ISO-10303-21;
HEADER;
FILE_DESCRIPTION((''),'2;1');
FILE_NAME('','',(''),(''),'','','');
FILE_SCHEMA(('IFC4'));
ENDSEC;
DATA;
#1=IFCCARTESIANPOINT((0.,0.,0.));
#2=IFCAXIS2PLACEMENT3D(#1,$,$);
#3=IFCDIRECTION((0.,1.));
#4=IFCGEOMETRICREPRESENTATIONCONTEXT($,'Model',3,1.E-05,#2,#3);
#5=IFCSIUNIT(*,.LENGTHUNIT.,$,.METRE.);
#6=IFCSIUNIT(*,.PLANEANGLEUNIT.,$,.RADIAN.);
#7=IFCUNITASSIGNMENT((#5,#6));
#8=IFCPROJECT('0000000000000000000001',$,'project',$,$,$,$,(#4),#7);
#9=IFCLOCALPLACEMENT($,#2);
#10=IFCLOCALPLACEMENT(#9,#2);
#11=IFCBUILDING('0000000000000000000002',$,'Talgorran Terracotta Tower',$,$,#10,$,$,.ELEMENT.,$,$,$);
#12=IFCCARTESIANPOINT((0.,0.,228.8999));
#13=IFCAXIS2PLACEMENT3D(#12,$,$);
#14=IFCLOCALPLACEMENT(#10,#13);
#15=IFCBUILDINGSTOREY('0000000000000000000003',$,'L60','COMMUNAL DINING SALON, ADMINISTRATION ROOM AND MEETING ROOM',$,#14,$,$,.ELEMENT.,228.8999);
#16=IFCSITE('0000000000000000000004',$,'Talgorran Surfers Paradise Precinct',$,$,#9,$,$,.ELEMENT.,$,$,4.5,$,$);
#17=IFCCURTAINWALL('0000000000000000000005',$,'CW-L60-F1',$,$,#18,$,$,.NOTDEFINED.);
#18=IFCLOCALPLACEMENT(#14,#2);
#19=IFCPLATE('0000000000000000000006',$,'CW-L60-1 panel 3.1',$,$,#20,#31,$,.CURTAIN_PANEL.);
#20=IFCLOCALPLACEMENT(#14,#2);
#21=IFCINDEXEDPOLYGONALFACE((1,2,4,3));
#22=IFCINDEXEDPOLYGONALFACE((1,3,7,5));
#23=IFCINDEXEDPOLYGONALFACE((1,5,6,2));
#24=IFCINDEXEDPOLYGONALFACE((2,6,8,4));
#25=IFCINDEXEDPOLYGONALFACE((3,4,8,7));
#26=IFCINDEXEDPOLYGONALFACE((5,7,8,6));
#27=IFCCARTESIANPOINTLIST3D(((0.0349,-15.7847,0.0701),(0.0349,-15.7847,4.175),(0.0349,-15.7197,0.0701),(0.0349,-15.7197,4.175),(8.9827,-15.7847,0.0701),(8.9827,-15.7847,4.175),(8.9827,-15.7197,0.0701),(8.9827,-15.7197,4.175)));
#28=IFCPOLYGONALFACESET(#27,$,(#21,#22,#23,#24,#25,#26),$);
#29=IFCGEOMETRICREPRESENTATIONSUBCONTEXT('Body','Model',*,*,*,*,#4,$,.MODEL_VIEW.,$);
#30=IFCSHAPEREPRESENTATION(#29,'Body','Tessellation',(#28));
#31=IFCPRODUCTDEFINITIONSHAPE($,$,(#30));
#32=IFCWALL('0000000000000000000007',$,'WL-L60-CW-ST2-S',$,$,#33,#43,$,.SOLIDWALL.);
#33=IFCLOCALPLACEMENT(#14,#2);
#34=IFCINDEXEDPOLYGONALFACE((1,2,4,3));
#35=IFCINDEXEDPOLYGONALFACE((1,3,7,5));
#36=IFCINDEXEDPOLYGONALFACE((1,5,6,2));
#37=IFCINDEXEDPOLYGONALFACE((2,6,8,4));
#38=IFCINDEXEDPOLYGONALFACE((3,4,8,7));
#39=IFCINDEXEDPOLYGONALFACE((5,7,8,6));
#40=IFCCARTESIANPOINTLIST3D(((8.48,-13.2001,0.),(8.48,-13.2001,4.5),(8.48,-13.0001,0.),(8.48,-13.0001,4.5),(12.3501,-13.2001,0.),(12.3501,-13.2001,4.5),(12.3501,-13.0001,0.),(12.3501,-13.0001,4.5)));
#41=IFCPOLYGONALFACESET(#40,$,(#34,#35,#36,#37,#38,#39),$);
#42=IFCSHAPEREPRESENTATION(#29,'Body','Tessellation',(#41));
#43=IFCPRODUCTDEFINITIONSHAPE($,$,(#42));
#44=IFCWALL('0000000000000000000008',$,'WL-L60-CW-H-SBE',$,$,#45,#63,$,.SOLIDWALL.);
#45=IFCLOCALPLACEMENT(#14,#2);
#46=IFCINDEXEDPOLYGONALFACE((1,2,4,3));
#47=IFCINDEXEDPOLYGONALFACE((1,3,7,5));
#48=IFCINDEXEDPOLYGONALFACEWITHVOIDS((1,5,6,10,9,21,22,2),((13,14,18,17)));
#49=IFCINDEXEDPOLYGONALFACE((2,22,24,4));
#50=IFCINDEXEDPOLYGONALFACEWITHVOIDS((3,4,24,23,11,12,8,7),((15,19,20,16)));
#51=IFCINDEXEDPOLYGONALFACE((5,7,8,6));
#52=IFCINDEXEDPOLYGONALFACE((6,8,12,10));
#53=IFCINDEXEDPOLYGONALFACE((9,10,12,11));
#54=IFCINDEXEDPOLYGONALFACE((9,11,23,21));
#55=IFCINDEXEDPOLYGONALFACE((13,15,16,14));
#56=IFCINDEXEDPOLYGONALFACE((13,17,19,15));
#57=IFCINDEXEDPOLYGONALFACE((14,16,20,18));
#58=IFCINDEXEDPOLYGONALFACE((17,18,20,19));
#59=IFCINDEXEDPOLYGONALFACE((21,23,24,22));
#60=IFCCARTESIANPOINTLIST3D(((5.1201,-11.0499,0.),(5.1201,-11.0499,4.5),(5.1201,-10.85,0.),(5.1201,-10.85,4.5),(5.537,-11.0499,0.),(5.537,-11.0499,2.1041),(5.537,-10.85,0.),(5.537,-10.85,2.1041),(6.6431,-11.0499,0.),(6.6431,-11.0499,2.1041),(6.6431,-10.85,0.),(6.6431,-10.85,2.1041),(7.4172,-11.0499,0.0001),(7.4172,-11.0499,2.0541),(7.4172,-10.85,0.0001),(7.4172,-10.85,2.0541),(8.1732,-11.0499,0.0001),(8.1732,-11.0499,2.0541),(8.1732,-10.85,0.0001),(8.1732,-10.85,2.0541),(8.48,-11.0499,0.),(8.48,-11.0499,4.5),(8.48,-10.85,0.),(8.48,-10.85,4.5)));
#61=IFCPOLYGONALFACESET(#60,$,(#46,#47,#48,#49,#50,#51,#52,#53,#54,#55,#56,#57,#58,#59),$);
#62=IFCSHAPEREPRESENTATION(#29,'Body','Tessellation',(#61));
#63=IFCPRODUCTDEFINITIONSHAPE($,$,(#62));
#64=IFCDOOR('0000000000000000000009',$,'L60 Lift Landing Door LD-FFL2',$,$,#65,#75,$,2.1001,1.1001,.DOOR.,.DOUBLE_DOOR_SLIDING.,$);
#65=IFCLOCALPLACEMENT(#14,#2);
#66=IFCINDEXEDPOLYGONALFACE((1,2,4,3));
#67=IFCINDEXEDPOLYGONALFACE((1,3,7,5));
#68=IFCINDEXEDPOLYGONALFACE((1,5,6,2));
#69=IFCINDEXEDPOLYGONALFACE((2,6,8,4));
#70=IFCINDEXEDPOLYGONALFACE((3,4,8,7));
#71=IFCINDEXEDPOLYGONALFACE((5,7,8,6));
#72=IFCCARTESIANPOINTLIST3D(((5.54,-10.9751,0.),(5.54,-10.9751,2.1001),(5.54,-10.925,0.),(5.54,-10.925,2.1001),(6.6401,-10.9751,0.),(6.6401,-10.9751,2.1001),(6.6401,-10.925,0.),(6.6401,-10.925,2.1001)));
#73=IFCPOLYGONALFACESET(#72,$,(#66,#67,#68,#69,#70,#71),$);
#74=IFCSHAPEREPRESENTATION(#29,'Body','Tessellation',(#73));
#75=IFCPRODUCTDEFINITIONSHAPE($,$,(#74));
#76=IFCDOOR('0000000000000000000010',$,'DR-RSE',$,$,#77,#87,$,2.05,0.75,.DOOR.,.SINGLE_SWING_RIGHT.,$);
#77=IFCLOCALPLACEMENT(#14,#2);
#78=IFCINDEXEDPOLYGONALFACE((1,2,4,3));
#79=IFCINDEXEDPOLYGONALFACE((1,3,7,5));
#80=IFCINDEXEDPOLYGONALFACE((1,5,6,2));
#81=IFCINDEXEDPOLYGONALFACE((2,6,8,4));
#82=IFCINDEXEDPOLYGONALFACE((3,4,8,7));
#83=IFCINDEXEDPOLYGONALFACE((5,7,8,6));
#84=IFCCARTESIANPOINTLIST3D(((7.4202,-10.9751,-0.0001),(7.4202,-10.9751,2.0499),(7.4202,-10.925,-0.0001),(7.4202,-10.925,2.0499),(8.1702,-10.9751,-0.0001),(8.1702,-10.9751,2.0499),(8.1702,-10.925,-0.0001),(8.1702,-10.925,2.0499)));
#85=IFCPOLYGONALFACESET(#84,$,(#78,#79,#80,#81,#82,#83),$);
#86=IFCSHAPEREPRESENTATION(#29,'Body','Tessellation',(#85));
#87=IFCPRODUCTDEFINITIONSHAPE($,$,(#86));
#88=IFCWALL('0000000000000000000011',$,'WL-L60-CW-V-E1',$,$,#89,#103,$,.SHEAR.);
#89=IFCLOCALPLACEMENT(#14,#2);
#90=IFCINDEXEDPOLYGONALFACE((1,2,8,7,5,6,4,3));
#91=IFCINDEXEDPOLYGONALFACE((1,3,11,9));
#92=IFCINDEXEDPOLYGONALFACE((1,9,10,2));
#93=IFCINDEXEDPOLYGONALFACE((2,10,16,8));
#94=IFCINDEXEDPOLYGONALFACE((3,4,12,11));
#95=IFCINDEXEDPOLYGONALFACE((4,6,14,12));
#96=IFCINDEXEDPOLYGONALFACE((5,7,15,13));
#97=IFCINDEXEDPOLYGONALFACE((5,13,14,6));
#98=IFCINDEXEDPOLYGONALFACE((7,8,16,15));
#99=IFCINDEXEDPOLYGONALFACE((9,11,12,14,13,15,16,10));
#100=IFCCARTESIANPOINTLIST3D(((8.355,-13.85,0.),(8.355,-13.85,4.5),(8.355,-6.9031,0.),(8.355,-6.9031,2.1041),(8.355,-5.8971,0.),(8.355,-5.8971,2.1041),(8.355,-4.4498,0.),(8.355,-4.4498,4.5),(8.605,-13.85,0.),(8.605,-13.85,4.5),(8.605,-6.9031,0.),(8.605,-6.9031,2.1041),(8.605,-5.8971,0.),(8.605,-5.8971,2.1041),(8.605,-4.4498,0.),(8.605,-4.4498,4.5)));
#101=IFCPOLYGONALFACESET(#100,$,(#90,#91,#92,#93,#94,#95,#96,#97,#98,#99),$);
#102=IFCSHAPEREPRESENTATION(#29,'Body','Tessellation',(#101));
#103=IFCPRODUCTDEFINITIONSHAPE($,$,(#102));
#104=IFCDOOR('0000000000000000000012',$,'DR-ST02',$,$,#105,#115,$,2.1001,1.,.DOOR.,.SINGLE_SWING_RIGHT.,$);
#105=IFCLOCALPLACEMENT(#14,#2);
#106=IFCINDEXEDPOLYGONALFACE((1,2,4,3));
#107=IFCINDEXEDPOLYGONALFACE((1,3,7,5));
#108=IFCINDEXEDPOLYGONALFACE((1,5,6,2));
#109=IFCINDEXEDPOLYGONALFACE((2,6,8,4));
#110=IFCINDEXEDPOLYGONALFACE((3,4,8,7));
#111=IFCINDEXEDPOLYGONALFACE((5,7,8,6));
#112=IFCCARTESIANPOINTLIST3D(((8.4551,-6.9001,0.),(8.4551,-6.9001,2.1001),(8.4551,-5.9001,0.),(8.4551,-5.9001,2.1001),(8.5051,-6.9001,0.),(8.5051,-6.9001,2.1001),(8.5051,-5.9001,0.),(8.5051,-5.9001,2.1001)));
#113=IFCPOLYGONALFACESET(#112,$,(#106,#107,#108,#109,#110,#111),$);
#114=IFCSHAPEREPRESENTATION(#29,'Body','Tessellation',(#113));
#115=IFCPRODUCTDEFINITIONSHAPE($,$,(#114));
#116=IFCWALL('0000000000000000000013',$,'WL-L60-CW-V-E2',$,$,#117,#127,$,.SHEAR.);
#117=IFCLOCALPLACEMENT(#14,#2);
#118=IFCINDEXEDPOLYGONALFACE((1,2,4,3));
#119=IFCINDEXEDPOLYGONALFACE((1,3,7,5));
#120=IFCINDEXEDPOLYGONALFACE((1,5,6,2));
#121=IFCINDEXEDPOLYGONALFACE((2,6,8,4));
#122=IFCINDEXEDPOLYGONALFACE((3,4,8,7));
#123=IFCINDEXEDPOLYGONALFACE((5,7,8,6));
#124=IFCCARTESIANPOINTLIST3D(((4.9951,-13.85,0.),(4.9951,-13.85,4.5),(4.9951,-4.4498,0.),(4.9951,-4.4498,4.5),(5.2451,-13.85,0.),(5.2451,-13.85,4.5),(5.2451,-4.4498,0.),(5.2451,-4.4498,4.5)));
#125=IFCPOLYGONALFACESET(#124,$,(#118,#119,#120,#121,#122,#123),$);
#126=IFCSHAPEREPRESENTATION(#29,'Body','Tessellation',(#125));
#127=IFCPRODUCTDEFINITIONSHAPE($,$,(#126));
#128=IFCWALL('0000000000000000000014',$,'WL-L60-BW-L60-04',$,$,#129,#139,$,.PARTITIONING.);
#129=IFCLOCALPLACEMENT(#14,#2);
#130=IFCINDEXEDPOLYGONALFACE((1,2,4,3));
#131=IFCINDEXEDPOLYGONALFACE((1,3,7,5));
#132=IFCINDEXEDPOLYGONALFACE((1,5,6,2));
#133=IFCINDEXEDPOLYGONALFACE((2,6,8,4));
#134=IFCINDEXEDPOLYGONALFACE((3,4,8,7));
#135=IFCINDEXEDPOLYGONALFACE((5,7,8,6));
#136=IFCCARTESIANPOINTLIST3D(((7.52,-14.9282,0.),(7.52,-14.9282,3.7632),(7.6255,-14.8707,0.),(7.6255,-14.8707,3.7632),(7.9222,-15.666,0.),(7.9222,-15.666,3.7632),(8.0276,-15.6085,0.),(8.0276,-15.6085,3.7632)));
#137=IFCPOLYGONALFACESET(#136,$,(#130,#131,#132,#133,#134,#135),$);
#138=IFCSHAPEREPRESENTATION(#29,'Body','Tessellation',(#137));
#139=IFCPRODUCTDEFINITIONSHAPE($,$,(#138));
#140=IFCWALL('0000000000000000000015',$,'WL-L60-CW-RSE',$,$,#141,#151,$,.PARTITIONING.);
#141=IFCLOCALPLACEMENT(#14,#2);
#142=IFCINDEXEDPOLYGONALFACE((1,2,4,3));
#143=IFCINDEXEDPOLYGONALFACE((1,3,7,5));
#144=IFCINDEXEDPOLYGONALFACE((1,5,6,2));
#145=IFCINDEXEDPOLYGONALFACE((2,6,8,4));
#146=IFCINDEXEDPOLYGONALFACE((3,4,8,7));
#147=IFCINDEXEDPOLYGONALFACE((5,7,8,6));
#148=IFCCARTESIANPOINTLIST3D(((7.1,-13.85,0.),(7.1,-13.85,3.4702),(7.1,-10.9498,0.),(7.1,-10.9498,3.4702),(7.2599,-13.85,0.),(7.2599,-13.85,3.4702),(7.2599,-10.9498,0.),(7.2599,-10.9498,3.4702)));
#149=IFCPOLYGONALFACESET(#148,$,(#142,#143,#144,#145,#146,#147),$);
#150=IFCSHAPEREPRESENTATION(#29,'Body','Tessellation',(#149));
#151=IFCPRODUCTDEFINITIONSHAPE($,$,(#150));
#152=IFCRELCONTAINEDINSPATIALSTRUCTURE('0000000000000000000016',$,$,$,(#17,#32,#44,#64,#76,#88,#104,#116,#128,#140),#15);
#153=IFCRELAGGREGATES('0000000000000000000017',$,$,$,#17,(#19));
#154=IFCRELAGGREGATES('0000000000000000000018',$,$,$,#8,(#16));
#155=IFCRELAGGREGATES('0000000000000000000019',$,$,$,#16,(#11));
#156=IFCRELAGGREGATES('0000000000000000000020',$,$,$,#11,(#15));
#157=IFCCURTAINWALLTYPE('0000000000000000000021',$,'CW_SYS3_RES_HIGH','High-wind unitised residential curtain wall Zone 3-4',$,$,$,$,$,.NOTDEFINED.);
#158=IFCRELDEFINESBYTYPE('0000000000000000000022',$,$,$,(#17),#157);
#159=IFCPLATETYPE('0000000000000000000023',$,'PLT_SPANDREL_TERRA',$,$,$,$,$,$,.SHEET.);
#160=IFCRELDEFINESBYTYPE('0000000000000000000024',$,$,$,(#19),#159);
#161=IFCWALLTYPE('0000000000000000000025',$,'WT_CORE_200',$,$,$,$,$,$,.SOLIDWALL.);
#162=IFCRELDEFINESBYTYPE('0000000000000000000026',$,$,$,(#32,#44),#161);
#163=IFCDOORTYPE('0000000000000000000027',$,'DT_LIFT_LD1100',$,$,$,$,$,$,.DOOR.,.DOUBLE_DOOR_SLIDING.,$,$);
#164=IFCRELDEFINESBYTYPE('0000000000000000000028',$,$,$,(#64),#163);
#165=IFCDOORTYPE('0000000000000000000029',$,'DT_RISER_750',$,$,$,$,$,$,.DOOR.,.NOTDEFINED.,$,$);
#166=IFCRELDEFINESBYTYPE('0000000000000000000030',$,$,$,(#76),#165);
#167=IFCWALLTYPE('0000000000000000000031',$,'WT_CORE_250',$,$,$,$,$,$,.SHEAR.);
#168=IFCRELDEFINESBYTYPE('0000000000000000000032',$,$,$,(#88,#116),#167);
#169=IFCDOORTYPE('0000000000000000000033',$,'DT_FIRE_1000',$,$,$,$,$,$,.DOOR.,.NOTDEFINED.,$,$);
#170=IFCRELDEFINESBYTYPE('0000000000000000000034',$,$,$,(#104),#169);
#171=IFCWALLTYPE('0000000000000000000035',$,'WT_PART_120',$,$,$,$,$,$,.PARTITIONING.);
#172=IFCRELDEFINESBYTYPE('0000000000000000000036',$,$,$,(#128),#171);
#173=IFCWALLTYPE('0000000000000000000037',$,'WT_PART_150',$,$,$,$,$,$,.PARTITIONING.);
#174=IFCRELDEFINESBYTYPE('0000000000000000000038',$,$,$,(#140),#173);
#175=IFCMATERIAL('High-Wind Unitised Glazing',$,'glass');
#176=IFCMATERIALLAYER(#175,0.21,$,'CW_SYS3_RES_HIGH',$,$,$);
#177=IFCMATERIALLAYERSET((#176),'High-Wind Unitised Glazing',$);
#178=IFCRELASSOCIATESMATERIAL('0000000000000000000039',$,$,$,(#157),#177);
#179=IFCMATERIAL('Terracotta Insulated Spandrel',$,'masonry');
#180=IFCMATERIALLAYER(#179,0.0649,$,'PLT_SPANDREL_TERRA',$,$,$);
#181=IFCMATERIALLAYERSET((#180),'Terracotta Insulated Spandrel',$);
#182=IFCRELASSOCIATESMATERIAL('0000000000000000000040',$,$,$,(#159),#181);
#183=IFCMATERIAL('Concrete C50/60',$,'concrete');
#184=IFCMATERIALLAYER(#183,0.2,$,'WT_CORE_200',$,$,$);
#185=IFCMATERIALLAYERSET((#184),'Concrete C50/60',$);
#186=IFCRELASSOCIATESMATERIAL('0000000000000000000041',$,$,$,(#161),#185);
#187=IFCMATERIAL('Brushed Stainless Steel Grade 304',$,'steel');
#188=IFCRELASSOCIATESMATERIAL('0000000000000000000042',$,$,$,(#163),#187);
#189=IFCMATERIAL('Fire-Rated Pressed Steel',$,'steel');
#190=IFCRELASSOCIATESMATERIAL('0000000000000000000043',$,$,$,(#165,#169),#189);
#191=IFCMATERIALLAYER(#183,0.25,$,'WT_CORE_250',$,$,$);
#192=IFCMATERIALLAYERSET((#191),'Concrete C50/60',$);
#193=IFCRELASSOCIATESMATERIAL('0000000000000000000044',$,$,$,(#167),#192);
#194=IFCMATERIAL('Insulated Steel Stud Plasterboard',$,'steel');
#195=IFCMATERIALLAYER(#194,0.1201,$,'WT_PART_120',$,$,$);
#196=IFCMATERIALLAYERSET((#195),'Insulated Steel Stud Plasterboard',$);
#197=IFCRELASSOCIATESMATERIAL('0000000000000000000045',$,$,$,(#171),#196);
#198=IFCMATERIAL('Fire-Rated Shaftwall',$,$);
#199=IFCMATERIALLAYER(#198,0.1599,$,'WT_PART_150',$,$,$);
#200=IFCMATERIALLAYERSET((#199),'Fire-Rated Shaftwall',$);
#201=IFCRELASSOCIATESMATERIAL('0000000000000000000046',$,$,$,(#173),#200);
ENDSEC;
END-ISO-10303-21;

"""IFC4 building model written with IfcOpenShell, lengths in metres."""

from ifc_helpers import new_model, si_unit, direction, frame, frame_2d, origin, origin_2d, place, context, subcontext, project, spatial, rectangle, extrude, source, transform, mapped, material, layer, layer_set, type_object, type_shapes, element, fill, aggregate, save


model = new_model("IFC4")

# Units and contexts
model_context = context("Model", 3, precision=1e-05, world=origin(), true_north=direction((0.0, 1.0)))
body_context = subcontext(model_context, "Body", "Model", "MODEL_VIEW")
ifc_project = project(units=[si_unit("LENGTHUNIT", "METRE"), si_unit("PLANEANGLEUNIT", "RADIAN")], contexts=[model_context])

# Site, building, storey
site_placement = place(None, origin())
site = spatial("IfcSite", under=ifc_project, at=site_placement, Name="Talgorran Surfers Paradise Precinct", CompositionType="ELEMENT", RefElevation=4.5)
building_placement = place(site_placement, origin())
building = spatial("IfcBuilding", under=site, at=building_placement, Name="Talgorran Terracotta Tower", CompositionType="ELEMENT")
storey_placement = place(building_placement, frame((0.0, 0.0, 228.8999)))
storey = spatial("IfcBuildingStorey", under=building, at=storey_placement, Name="L60", Description="COMMUNAL DINING SALON, ADMINISTRATION ROOM AND MEETING ROOM", CompositionType="ELEMENT", Elevation=228.8999)

# Shared definitions
ifc_material_1 = material(Name="Concrete C50/60", Category="concrete")

# Curtain wall
ifc_material_2 = material(Name="High-Wind Unitised Glazing", Category="glass")
ifc_layer_1 = layer(ifc_material_2, 0.21, Name="CW_SYS3_RES_HIGH")
ifc_layer_set_1 = layer_set([ifc_layer_1], Name="High-Wind Unitised Glazing")
curtain_wall_type = type_object("IfcCurtainWallType", Name="CW_SYS3_RES_HIGH", Description="High-wind unitised residential curtain wall Zone 3-4", PredefinedType="NOTDEFINED", material=ifc_layer_set_1)
curtain_wall_placement = place(storey_placement, origin())
curtain_wall = element("IfcCurtainWall", 1, at=curtain_wall_placement, inside=storey, type_object=curtain_wall_type, Name="CW-L60-F1", PredefinedType="NOTDEFINED")

# Plate
ifc_material_3 = material(Name="Terracotta Insulated Spandrel", Category="masonry")
ifc_layer_2 = layer(ifc_material_3, 0.0649, Name="PLT_SPANDREL_TERRA")
ifc_layer_set_2 = layer_set([ifc_layer_2], Name="Terracotta Insulated Spandrel")
plate_type_1 = type_object("IfcPlateType", Name="PLT_SPANDREL_TERRA", PredefinedType="SHEET", material=ifc_layer_set_2)
shared_shape = source(origin(), body_context, "Body", "SweptSolid", [
    extrude(rectangle(XDim=8.9478, YDim=0.0649, at=origin_2d()), origin(), (0.0, 0.0, 1.0), 4.105),
])
type_shapes(plate_type_1, [shared_shape])
plate_1_placement = place(storey_placement, frame((4.5088, -15.7522, 0.0701), z_axis=(0.0, 0.0, 1.0), x_axis=(1.0, 0.0, 0.0)))
plate_1 = element("IfcPlate", 2, at=plate_1_placement, type_object=plate_type_1, Name="CW-L60-1 panel 3.1", PredefinedType="CURTAIN_PANEL", context=body_context, shape_type="MappedRepresentation", body=[
    mapped(shared_shape, transform((0.0, 0.0, 0.0), scale=1.0)),
])
aggregate(curtain_wall, [plate_1])

# Wall
ifc_layer_3 = layer(ifc_material_1, 0.2, Name="WT_CORE_200")
ifc_layer_set_3 = layer_set([ifc_layer_3], Name="Concrete C50/60")
wall_type_1 = type_object("IfcWallType", Name="WT_CORE_200", PredefinedType="SOLIDWALL", material=ifc_layer_set_3)
wall_1_placement = place(storey_placement, frame((8.48, -13.1001, 0.0), z_axis=(0.0, 0.0, 1.0), x_axis=(1.0, 0.0, 0.0)))
element("IfcWall", 3, at=wall_1_placement, inside=storey, type_object=wall_type_1, Name="WL-L60-CW-ST2-S", PredefinedType="SOLIDWALL", context=body_context, shape_type="SweptSolid", body=[
    extrude(rectangle(XDim=3.8701, YDim=0.2, at=frame_2d((1.9351, 0.0))), origin(), (0.0, 0.0, 1.0), 4.5),
])

# Wall, openings, doors
wall_2_placement = place(storey_placement, frame((5.1201, -10.95, 0.0), z_axis=(0.0, 0.0, 1.0), x_axis=(1.0, 0.0, 0.0)))
wall_2 = element("IfcWall", 4, at=wall_2_placement, inside=storey, type_object=wall_type_1, Name="WL-L60-CW-H-SBE", PredefinedType="SOLIDWALL", context=body_context, shape_type="SweptSolid", body=[
    extrude(rectangle(XDim=3.3599, YDim=0.2, at=frame_2d((1.6799, 0.0))), origin(), (0.0, 0.0, 1.0), 4.5),
])
opening_1_placement = place(wall_2_placement, frame((0.4199, 0.0, 0.0)))
opening_1 = element("IfcOpeningElement", 5, at=opening_1_placement, cuts=wall_2, PredefinedType="OPENING", context=body_context, shape_type="SweptSolid", body=[
    extrude(rectangle(XDim=1.1061, YDim=2.1041, at=frame_2d((0.55, 1.052))), frame((0.0, 0.1099, 0.0), z_axis=(0.0, -1.0, 0.0), x_axis=(1.0, 0.0, 0.0)), (0.0, 0.0, 1.0), 0.22),
])
opening_2_placement = place(wall_2_placement, frame((2.3, 0.0, 0.0)))
opening_2 = element("IfcOpeningElement", 6, at=opening_2_placement, cuts=wall_2, PredefinedType="OPENING", context=body_context, shape_type="SweptSolid", body=[
    extrude(rectangle(XDim=0.756, YDim=2.054, at=frame_2d((0.375, 1.0271))), frame((0.0, 0.1099, 0.0), z_axis=(0.0, -1.0, 0.0), x_axis=(1.0, 0.0, 0.0)), (0.0, 0.0, 1.0), 0.22),
])
ifc_material_4 = material(Name="Brushed Stainless Steel Grade 304", Category="steel")
door_type_1 = type_object("IfcDoorType", Name="DT_LIFT_LD1100", OperationType="DOUBLE_DOOR_SLIDING", PredefinedType="DOOR", material=ifc_material_4)
door_1_placement = place(opening_1_placement, origin())
door_1 = element("IfcDoor", 7, at=door_1_placement, inside=storey, type_object=door_type_1, Name="L60 Lift Landing Door LD-FFL2", OperationType="DOUBLE_DOOR_SLIDING", OverallHeight=2.1001, OverallWidth=1.1001, PredefinedType="DOOR", context=body_context, shape_type="SweptSolid", body=[
    extrude(rectangle(XDim=1.1001, YDim=2.1001, at=frame_2d((0.55, 1.05))), frame((0.0, 0.0249, 0.0), z_axis=(0.0, -1.0, 0.0), x_axis=(1.0, 0.0, 0.0)), (0.0, 0.0, 1.0), 0.05),
])
fill(opening_1, door_1)
ifc_material_5 = material(Name="Fire-Rated Pressed Steel", Category="steel")
door_type_2 = type_object("IfcDoorType", Name="DT_RISER_750", OperationType="NOTDEFINED", PredefinedType="DOOR", material=ifc_material_5)
door_2_placement = place(opening_2_placement, origin())
door_2 = element("IfcDoor", 8, at=door_2_placement, inside=storey, type_object=door_type_2, Name="DR-RSE", OperationType="SINGLE_SWING_RIGHT", OverallHeight=2.05, OverallWidth=0.75, PredefinedType="DOOR", context=body_context, shape_type="SweptSolid", body=[
    extrude(rectangle(XDim=0.75, YDim=2.05, at=frame_2d((0.375, 1.0249))), frame((0.0, 0.0249, 0.0), z_axis=(0.0, -1.0, 0.0), x_axis=(1.0, 0.0, 0.0)), (0.0, 0.0, 1.0), 0.05),
])
fill(opening_2, door_2)

# Wall, opening, door
ifc_layer_4 = layer(ifc_material_1, 0.25, Name="WT_CORE_250")
ifc_layer_set_4 = layer_set([ifc_layer_4], Name="Concrete C50/60")
wall_type_2 = type_object("IfcWallType", Name="WT_CORE_250", PredefinedType="SHEAR", material=ifc_layer_set_4)
wall_3_placement = place(storey_placement, frame((8.48, -13.8501, 0.0), z_axis=(0.0, 0.0, 1.0), x_axis=(0.0, 1.0, 0.0)))
wall_3 = element("IfcWall", 9, at=wall_3_placement, inside=storey, type_object=wall_type_2, Name="WL-L60-CW-V-E1", PredefinedType="SHEAR", context=body_context, shape_type="SweptSolid", body=[
    extrude(rectangle(XDim=9.4001, YDim=0.25, at=frame_2d((4.7002, 0.0))), origin(), (0.0, 0.0, 1.0), 4.5),
])
opening_3_placement = place(wall_3_placement, frame((6.95, 0.0, 0.0)))
opening_3 = element("IfcOpeningElement", 10, at=opening_3_placement, cuts=wall_3, PredefinedType="OPENING", context=body_context, shape_type="SweptSolid", body=[
    extrude(rectangle(XDim=1.006, YDim=2.1041, at=frame_2d((0.5, 1.052))), frame((0.0, 0.135, 0.0), z_axis=(0.0, -1.0, 0.0), x_axis=(1.0, 0.0, 0.0)), (0.0, 0.0, 1.0), 0.27),
])
door_type_3 = type_object("IfcDoorType", Name="DT_FIRE_1000", OperationType="NOTDEFINED", PredefinedType="DOOR", material=ifc_material_5)
door_3_placement = place(opening_3_placement, origin())
door_3 = element("IfcDoor", 11, at=door_3_placement, inside=storey, type_object=door_type_3, Name="DR-ST02", OperationType="SINGLE_SWING_RIGHT", OverallHeight=2.1001, OverallWidth=1.0, PredefinedType="DOOR", context=body_context, shape_type="SweptSolid", body=[
    extrude(rectangle(XDim=1.0, YDim=2.1001, at=frame_2d((0.5, 1.05))), frame((0.0, 0.0249, 0.0), z_axis=(0.0, -1.0, 0.0), x_axis=(1.0, 0.0, 0.0)), (0.0, 0.0, 1.0), 0.05),
])
fill(opening_3, door_3)

# Walls
wall_4_placement = place(storey_placement, frame((5.1201, -13.8501, 0.0), z_axis=(0.0, 0.0, 1.0), x_axis=(0.0, 1.0, 0.0)))
element("IfcWall", 12, at=wall_4_placement, inside=storey, type_object=wall_type_2, Name="WL-L60-CW-V-E2", PredefinedType="SHEAR", context=body_context, shape_type="SweptSolid", body=[
    extrude(rectangle(XDim=9.4001, YDim=0.25, at=frame_2d((4.7002, 0.0))), origin(), (0.0, 0.0, 1.0), 4.5),
])
ifc_material_6 = material(Name="Insulated Steel Stud Plasterboard", Category="steel")
ifc_layer_5 = layer(ifc_material_6, 0.1201, Name="WT_PART_120")
ifc_layer_set_5 = layer_set([ifc_layer_5], Name="Insulated Steel Stud Plasterboard")
wall_type_3 = type_object("IfcWallType", Name="WT_PART_120", PredefinedType="PARTITIONING", material=ifc_layer_set_5)
wall_5_placement = place(storey_placement, frame((7.5728, -14.8994, 0.0), z_axis=(0.0, 0.0, 1.0), x_axis=(0.478547, -0.878062, 0.0)))
element("IfcWall", 13, at=wall_5_placement, inside=storey, type_object=wall_type_3, Name="WL-L60-BW-L60-04", PredefinedType="PARTITIONING", context=body_context, shape_type="SweptSolid", body=[
    extrude(rectangle(XDim=0.8403, YDim=0.1201, at=frame_2d((0.4202, 0.0))), origin(), (0.0, 0.0, 1.0), 3.7632),
])
ifc_material_7 = material(Name="Fire-Rated Shaftwall")
ifc_layer_6 = layer(ifc_material_7, 0.1599, Name="WT_PART_150")
ifc_layer_set_6 = layer_set([ifc_layer_6], Name="Fire-Rated Shaftwall")
wall_type_4 = type_object("IfcWallType", Name="WT_PART_150", PredefinedType="PARTITIONING", material=ifc_layer_set_6)
wall_6_placement = place(storey_placement, frame((7.1799, -13.8501, 0.0), z_axis=(0.0, 0.0, 1.0), x_axis=(0.0, 1.0, 0.0)))
element("IfcWall", 14, at=wall_6_placement, inside=storey, type_object=wall_type_4, Name="WL-L60-CW-RSE", PredefinedType="PARTITIONING", context=body_context, shape_type="SweptSolid", body=[
    extrude(rectangle(XDim=2.9001, YDim=0.1599, at=frame_2d((1.4502, 0.0))), origin(), (0.0, 0.0, 1.0), 3.4702),
])

save(model, "model.ifc")
